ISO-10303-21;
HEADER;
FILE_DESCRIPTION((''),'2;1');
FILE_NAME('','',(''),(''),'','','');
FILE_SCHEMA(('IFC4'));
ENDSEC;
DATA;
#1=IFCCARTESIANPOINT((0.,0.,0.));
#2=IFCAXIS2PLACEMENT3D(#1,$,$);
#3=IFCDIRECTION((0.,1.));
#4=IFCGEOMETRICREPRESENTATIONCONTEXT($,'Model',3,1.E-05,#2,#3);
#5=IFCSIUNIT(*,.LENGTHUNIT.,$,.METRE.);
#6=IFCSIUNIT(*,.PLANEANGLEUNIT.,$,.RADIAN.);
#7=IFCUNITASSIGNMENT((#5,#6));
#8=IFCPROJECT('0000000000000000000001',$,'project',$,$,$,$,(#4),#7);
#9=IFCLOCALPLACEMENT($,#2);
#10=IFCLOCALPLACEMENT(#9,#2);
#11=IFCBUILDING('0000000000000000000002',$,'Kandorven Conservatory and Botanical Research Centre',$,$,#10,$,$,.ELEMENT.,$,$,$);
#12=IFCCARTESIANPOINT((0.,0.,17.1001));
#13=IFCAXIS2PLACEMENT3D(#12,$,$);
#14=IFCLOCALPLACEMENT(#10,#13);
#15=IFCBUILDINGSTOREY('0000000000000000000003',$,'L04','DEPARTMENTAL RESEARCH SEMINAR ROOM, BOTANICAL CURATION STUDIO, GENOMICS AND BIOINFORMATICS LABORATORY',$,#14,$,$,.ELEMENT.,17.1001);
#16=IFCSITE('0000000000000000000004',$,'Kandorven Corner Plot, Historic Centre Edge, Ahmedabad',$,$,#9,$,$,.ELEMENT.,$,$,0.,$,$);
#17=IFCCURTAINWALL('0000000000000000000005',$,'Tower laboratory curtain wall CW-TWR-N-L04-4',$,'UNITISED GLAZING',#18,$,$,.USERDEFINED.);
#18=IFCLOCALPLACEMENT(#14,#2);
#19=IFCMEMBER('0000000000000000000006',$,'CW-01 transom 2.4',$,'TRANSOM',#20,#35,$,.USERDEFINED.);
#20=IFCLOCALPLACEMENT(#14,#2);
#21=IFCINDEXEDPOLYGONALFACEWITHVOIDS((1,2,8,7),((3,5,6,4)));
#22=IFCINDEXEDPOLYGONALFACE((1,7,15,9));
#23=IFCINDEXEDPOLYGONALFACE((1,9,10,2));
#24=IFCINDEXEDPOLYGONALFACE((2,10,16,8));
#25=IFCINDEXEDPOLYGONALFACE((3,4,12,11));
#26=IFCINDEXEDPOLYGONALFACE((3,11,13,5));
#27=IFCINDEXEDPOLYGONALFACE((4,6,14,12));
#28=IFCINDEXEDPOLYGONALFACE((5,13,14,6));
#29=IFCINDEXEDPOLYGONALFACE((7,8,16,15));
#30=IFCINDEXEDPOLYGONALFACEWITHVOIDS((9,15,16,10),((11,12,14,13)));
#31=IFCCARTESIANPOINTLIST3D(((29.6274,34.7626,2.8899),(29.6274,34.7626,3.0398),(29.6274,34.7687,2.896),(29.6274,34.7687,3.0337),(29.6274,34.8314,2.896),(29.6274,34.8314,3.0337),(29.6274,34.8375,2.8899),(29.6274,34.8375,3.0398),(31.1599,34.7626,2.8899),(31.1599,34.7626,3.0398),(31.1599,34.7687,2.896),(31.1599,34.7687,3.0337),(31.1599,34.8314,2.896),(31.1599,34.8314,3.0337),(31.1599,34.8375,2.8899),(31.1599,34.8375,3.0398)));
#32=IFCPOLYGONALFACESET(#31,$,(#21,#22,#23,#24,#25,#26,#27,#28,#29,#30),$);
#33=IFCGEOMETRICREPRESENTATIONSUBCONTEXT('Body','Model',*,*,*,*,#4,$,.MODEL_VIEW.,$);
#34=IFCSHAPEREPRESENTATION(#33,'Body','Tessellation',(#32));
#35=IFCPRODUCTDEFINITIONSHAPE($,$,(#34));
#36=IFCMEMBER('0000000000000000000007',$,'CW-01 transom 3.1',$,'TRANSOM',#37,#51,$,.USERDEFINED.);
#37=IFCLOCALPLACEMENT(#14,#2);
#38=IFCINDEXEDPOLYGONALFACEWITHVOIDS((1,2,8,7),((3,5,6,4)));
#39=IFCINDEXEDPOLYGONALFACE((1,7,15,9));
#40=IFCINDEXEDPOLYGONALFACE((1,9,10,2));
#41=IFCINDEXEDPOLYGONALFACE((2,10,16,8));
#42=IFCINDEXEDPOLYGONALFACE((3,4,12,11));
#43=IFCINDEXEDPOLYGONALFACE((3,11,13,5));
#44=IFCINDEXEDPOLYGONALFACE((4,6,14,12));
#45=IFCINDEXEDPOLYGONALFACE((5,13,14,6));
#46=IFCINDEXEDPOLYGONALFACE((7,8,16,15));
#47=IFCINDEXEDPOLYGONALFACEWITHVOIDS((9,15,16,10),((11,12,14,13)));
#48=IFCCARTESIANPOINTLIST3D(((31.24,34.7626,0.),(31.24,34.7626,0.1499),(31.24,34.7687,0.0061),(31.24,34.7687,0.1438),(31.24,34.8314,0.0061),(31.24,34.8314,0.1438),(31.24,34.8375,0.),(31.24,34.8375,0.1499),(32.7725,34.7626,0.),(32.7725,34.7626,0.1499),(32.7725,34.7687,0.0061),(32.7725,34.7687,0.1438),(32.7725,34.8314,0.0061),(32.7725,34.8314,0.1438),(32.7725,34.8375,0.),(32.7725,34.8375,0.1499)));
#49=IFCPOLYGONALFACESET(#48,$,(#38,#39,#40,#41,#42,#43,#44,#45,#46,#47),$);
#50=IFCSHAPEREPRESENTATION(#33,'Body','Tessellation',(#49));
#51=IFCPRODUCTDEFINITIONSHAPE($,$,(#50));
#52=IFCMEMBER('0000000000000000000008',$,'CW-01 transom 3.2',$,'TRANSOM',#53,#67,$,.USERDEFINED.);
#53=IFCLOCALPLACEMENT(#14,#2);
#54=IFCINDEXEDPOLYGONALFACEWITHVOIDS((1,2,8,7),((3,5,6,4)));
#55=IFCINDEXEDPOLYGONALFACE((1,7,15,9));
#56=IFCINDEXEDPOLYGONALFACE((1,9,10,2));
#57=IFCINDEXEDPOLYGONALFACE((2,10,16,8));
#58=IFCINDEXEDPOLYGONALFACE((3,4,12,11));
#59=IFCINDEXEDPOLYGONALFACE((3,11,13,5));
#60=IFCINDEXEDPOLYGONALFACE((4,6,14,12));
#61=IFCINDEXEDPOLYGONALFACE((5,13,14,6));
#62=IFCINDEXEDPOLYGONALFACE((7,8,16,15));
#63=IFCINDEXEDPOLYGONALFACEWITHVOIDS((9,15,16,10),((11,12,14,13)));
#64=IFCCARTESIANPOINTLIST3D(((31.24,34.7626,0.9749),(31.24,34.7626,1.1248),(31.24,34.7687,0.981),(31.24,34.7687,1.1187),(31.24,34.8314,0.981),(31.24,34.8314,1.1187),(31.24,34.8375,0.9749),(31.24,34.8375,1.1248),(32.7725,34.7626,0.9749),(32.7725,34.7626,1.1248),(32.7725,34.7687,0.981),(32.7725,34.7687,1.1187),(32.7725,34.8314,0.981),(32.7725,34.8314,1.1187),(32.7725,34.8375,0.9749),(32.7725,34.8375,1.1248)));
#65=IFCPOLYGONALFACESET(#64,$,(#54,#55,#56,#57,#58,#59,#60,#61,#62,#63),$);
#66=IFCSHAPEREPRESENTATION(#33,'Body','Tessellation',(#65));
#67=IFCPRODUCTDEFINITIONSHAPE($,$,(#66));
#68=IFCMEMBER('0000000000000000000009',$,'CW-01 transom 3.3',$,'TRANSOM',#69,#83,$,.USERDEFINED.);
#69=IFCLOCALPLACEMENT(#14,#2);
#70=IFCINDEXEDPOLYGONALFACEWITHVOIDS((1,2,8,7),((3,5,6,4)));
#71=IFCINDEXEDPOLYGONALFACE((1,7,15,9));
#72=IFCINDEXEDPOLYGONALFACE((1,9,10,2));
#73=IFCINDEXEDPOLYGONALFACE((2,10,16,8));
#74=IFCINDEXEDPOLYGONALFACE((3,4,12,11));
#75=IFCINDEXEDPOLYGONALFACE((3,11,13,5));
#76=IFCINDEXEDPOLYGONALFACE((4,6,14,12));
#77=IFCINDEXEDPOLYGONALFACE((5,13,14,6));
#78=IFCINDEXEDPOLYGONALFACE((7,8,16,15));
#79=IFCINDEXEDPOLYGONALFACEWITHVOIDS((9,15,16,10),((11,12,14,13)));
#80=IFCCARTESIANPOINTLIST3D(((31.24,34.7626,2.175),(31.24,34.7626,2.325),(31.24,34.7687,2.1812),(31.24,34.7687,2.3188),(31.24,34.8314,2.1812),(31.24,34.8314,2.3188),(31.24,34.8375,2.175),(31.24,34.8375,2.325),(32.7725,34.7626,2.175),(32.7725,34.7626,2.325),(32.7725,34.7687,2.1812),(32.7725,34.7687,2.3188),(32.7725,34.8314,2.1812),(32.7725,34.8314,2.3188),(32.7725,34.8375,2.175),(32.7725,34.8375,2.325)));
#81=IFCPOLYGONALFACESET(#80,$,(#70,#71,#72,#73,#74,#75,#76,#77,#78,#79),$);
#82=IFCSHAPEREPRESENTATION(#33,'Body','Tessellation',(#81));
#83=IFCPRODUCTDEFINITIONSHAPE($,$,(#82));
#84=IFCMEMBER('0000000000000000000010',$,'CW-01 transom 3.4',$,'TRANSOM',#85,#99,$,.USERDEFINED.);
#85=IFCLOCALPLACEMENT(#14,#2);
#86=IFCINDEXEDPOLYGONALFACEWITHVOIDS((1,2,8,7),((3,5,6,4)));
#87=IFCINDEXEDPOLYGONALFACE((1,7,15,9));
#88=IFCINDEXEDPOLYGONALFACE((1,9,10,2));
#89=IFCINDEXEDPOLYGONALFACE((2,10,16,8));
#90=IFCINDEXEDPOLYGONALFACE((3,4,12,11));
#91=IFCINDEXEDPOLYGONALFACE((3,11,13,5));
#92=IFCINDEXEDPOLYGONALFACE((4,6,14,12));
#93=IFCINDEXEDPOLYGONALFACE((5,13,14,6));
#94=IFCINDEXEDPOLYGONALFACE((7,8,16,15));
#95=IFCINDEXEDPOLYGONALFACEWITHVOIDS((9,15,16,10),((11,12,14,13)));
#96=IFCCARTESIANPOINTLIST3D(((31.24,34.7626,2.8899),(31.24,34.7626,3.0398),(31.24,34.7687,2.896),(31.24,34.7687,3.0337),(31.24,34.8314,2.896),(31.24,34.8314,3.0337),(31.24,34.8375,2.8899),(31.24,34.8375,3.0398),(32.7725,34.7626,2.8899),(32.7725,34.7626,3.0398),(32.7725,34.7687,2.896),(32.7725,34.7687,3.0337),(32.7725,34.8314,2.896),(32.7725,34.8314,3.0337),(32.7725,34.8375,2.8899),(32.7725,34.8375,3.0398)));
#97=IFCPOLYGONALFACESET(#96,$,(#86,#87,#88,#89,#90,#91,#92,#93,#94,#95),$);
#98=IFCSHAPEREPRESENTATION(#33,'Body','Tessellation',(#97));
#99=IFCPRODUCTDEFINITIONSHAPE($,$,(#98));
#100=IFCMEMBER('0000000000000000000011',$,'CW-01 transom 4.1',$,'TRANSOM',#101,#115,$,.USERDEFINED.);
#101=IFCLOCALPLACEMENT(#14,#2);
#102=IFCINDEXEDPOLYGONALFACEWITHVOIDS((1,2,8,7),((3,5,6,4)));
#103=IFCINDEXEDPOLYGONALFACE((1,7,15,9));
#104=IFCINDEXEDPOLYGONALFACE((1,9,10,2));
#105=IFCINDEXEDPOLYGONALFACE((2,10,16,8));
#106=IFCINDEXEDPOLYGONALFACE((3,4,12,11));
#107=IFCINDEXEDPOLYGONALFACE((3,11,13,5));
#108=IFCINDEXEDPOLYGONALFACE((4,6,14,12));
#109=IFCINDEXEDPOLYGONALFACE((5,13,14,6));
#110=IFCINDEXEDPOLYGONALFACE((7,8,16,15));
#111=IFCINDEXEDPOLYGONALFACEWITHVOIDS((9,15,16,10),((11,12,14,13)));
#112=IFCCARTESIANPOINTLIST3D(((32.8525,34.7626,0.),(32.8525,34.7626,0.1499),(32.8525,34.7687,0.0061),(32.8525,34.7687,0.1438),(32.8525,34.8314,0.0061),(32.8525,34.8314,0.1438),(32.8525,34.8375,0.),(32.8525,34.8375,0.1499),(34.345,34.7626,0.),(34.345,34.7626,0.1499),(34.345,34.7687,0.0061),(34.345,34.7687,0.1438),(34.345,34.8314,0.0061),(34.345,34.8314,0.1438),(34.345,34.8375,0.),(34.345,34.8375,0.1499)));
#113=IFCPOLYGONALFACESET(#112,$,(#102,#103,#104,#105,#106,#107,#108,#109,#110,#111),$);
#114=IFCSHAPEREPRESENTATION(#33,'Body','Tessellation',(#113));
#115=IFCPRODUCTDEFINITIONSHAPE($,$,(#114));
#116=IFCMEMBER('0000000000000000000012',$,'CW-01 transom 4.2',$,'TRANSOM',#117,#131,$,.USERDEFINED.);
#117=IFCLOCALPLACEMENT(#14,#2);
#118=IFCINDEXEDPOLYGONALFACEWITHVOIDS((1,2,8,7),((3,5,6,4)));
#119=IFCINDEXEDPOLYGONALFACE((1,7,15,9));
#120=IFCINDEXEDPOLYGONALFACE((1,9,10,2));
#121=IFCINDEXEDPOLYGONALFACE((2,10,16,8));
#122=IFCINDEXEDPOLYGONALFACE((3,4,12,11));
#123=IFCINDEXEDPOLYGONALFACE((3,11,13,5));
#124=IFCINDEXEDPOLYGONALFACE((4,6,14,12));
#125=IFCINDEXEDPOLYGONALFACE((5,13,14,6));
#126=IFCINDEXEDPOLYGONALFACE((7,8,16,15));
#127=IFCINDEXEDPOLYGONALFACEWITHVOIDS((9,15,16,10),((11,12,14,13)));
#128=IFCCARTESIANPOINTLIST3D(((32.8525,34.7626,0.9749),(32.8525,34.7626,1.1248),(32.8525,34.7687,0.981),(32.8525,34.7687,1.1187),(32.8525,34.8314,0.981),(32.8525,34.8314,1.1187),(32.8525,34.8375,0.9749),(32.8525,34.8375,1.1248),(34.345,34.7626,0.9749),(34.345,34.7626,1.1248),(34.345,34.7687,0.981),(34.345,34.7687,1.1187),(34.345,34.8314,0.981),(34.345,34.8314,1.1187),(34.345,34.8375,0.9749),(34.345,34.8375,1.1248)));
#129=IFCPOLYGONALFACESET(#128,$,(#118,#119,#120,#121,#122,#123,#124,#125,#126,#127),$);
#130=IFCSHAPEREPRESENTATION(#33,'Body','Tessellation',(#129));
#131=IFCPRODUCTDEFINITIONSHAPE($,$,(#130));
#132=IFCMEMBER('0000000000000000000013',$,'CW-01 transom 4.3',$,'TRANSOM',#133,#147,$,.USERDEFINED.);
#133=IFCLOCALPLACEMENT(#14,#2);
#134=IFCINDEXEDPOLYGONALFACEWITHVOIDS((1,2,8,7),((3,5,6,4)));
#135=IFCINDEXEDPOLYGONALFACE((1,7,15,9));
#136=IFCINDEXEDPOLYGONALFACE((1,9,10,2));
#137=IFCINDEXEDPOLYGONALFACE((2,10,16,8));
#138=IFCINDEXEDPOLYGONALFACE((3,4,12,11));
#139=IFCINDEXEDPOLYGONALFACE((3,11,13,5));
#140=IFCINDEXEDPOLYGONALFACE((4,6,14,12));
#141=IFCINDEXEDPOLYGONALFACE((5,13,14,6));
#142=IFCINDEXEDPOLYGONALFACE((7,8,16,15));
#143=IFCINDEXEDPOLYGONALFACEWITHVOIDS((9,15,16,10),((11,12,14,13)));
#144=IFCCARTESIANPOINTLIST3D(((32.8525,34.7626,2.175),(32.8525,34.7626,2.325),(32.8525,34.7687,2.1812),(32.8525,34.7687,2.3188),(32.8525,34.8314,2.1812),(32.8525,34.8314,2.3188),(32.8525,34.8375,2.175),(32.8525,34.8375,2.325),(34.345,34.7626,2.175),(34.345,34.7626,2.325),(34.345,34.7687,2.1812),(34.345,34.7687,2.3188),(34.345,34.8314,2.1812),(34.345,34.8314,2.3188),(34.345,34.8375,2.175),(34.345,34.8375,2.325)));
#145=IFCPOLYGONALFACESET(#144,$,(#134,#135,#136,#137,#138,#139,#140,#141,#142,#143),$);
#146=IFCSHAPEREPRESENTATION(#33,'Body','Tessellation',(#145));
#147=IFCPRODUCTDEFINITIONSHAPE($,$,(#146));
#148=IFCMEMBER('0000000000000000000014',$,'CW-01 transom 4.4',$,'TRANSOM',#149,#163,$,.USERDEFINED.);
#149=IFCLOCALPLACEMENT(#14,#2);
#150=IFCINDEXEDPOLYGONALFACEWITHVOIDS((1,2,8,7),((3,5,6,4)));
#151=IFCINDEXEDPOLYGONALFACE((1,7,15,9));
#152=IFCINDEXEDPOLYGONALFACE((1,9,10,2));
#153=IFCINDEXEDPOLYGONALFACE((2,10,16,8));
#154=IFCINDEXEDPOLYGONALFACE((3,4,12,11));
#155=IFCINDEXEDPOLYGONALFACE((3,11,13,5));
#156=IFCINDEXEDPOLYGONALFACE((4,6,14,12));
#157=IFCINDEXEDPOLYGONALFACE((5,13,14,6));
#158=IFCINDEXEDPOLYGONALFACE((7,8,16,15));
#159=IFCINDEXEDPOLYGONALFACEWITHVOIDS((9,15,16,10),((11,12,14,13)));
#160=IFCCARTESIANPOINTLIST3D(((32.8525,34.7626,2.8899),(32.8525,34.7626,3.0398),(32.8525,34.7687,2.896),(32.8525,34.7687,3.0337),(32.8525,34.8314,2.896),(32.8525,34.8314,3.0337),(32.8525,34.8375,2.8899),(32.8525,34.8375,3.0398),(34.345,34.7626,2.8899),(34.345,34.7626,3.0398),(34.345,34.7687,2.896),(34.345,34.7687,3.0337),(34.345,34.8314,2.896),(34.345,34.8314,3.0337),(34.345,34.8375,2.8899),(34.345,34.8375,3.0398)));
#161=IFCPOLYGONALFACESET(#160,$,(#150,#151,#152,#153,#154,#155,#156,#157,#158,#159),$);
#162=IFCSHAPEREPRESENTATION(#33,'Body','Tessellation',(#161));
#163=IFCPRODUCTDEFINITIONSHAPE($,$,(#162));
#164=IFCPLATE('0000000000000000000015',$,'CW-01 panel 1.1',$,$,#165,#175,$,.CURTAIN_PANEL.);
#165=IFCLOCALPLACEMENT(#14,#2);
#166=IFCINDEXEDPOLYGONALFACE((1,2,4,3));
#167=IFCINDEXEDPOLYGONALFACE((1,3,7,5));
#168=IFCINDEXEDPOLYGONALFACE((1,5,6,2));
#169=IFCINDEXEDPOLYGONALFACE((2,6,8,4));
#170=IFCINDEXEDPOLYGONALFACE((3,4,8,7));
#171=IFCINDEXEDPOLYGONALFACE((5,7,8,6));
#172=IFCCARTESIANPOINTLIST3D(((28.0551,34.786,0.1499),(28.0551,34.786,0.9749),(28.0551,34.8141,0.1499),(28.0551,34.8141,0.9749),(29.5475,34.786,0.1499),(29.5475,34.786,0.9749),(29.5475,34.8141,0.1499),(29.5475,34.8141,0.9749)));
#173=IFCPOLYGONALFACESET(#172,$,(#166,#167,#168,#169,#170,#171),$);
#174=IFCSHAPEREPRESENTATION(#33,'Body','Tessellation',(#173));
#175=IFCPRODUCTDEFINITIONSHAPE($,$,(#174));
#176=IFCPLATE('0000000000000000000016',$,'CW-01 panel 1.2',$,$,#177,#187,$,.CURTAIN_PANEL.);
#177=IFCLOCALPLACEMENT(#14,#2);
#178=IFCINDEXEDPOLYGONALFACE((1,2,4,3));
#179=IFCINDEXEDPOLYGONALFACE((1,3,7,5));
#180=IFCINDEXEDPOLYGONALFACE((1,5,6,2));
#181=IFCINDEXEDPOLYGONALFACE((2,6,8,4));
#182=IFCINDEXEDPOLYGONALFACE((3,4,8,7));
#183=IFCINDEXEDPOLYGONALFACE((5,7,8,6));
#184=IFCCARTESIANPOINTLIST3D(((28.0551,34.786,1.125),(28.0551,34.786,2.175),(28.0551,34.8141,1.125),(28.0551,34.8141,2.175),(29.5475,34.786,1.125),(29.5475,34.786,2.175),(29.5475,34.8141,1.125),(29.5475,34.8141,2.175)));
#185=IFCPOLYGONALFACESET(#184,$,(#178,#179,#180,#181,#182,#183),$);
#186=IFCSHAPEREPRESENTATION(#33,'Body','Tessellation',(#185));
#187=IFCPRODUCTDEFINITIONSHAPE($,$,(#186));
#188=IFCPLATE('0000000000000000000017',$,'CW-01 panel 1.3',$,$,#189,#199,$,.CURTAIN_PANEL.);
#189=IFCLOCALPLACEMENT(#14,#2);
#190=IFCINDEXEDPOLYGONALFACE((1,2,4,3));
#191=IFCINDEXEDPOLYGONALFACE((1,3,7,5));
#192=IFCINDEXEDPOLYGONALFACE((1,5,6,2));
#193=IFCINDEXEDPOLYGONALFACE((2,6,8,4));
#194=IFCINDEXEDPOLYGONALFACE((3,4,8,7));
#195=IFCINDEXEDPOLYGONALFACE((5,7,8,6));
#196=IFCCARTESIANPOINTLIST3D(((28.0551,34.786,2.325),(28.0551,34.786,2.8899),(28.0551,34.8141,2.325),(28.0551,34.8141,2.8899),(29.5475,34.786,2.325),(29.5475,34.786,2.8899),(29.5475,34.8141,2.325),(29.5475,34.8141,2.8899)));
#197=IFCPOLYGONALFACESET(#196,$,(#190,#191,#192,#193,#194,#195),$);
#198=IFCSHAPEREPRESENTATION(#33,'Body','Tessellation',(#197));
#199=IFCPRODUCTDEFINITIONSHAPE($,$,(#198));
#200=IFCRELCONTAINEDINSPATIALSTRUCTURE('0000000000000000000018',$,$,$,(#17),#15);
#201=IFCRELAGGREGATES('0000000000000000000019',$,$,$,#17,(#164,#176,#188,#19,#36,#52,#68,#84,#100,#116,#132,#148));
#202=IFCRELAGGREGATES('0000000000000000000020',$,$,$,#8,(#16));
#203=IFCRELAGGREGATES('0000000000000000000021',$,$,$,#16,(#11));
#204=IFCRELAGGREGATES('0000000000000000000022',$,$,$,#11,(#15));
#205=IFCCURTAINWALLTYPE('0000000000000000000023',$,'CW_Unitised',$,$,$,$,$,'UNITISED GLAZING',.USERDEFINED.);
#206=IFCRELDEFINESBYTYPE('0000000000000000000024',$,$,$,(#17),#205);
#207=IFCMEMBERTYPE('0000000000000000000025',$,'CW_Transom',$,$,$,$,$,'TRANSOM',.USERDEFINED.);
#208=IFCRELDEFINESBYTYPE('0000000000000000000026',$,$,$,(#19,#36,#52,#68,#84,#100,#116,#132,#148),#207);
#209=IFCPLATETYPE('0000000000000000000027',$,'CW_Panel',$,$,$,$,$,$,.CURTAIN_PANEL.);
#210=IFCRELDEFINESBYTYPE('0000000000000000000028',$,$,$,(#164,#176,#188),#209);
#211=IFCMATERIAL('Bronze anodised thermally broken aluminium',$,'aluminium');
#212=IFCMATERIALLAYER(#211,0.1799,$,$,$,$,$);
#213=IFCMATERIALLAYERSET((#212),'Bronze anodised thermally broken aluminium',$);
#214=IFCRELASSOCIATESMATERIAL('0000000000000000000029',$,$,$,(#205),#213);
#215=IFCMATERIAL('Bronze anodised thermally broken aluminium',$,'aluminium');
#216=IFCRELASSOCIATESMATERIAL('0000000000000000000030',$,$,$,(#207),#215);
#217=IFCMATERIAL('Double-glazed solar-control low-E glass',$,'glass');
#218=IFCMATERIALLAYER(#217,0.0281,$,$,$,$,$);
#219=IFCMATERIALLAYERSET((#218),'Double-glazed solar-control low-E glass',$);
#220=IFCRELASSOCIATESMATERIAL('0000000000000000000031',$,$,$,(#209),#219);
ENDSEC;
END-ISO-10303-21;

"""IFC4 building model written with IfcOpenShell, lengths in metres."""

from ifc_helpers import new_model, si_unit, direction, frame, origin, origin_2d, place, context, subcontext, project, spatial, rectangle, hollow_rectangle, extrude, material, layer, layer_set, material_profile, profile_set, type_object, element, aggregate, save


model = new_model("IFC4")

# Units and contexts
model_context = context("Model", 3, precision=1e-05, world=origin(), true_north=direction((0.0, 1.0)))
body_context = subcontext(model_context, "Body", "Model", "MODEL_VIEW")
ifc_project = project(units=[si_unit("LENGTHUNIT", "METRE"), si_unit("PLANEANGLEUNIT", "RADIAN")], contexts=[model_context])

# Site, building, storey
site_placement = place(None, origin())
site = spatial("IfcSite", under=ifc_project, at=site_placement, Name="Kandorven Corner Plot, Historic Centre Edge, Ahmedabad", CompositionType="ELEMENT", RefElevation=0.0)
building_placement = place(site_placement, origin())
building = spatial("IfcBuilding", under=site, at=building_placement, Name="Kandorven Conservatory and Botanical Research Centre", CompositionType="ELEMENT")
storey_placement = place(building_placement, frame((0.0, 0.0, 17.1001)))
storey = spatial("IfcBuildingStorey", under=building, at=storey_placement, Name="L04", Description="DEPARTMENTAL RESEARCH SEMINAR ROOM, BOTANICAL CURATION STUDIO, GENOMICS AND BIOINFORMATICS LABORATORY", CompositionType="ELEMENT", Elevation=17.1001)

# Curtain wall, members, plates
ifc_material_1 = material(Name="Bronze anodised thermally broken aluminium", Category="aluminium")
ifc_layer_1 = layer(ifc_material_1, 0.1799)
ifc_layer_set_1 = layer_set([ifc_layer_1], Name="Bronze anodised thermally broken aluminium")
curtain_wall_type = type_object("IfcCurtainWallType", Name="CW_Unitised", ElementType="UNITISED GLAZING", PredefinedType="USERDEFINED", material=ifc_layer_set_1)
curtain_wall_placement = place(storey_placement, origin())
curtain_wall = element("IfcCurtainWall", 1, at=curtain_wall_placement, inside=storey, type_object=curtain_wall_type, Name="Tower laboratory curtain wall CW-TWR-N-L04-4", ObjectType="UNITISED GLAZING", PredefinedType="USERDEFINED")
ifc_material_2 = material(Name="Bronze anodised thermally broken aluminium", Category="aluminium")
ifc_material_profile_1 = material_profile(ifc_material_2, hollow_rectangle(XDim=0.075, YDim=0.1499, WallThickness=0.0061, at=origin_2d()))
ifc_profile_set_1 = profile_set([ifc_material_profile_1], Name="Bronze anodised thermally broken aluminium")
member_type_1 = type_object("IfcMemberType", Name="CW_Transom", ElementType="TRANSOM", PredefinedType="USERDEFINED", material=ifc_profile_set_1)
member_1_placement = place(storey_placement, frame((29.6274, 34.8, 2.9648), z_axis=(1.0, 0.0, 0.0), x_axis=(0.0, 1.0, 0.0)))
member_1 = element("IfcMember", 2, at=member_1_placement, type_object=member_type_1, Name="CW-01 transom 2.4", ObjectType="TRANSOM", PredefinedType="USERDEFINED", context=body_context, shape_type="SweptSolid", body=[
    extrude(hollow_rectangle(XDim=0.075, YDim=0.1499, WallThickness=0.0061, at=origin_2d()), origin(), (0.0, 0.0, 1.0), 1.5325),
])
member_2_placement = place(storey_placement, frame((31.24, 34.8, 0.075), z_axis=(1.0, 0.0, 0.0), x_axis=(0.0, 1.0, 0.0)))
member_2 = element("IfcMember", 3, at=member_2_placement, type_object=member_type_1, Name="CW-01 transom 3.1", ObjectType="TRANSOM", PredefinedType="USERDEFINED", context=body_context, shape_type="SweptSolid", body=[
    extrude(hollow_rectangle(XDim=0.075, YDim=0.1499, WallThickness=0.0061, at=origin_2d()), origin(), (0.0, 0.0, 1.0), 1.5325),
])
member_3_placement = place(storey_placement, frame((31.24, 34.8, 1.0498), z_axis=(1.0, 0.0, 0.0), x_axis=(0.0, 1.0, 0.0)))
member_3 = element("IfcMember", 4, at=member_3_placement, type_object=member_type_1, Name="CW-01 transom 3.2", ObjectType="TRANSOM", PredefinedType="USERDEFINED", context=body_context, shape_type="SweptSolid", body=[
    extrude(hollow_rectangle(XDim=0.075, YDim=0.1499, WallThickness=0.0061, at=origin_2d()), origin(), (0.0, 0.0, 1.0), 1.5325),
])
member_4_placement = place(storey_placement, frame((31.24, 34.8, 2.25), z_axis=(1.0, 0.0, 0.0), x_axis=(0.0, 1.0, 0.0)))
member_4 = element("IfcMember", 5, at=member_4_placement, type_object=member_type_1, Name="CW-01 transom 3.3", ObjectType="TRANSOM", PredefinedType="USERDEFINED", context=body_context, shape_type="SweptSolid", body=[
    extrude(hollow_rectangle(XDim=0.075, YDim=0.1499, WallThickness=0.0061, at=origin_2d()), origin(), (0.0, 0.0, 1.0), 1.5325),
])
member_5_placement = place(storey_placement, frame((31.24, 34.8, 2.9648), z_axis=(1.0, 0.0, 0.0), x_axis=(0.0, 1.0, 0.0)))
member_5 = element("IfcMember", 6, at=member_5_placement, type_object=member_type_1, Name="CW-01 transom 3.4", ObjectType="TRANSOM", PredefinedType="USERDEFINED", context=body_context, shape_type="SweptSolid", body=[
    extrude(hollow_rectangle(XDim=0.075, YDim=0.1499, WallThickness=0.0061, at=origin_2d()), origin(), (0.0, 0.0, 1.0), 1.5325),
])
member_6_placement = place(storey_placement, frame((32.8525, 34.8, 0.075), z_axis=(1.0, 0.0, 0.0), x_axis=(0.0, 1.0, 0.0)))
member_6 = element("IfcMember", 7, at=member_6_placement, type_object=member_type_1, Name="CW-01 transom 4.1", ObjectType="TRANSOM", PredefinedType="USERDEFINED", context=body_context, shape_type="SweptSolid", body=[
    extrude(hollow_rectangle(XDim=0.075, YDim=0.1499, WallThickness=0.0061, at=origin_2d()), origin(), (0.0, 0.0, 1.0), 1.4924),
])
member_7_placement = place(storey_placement, frame((32.8525, 34.8, 1.0498), z_axis=(1.0, 0.0, 0.0), x_axis=(0.0, 1.0, 0.0)))
member_7 = element("IfcMember", 8, at=member_7_placement, type_object=member_type_1, Name="CW-01 transom 4.2", ObjectType="TRANSOM", PredefinedType="USERDEFINED", context=body_context, shape_type="SweptSolid", body=[
    extrude(hollow_rectangle(XDim=0.075, YDim=0.1499, WallThickness=0.0061, at=origin_2d()), origin(), (0.0, 0.0, 1.0), 1.4924),
])
member_8_placement = place(storey_placement, frame((32.8525, 34.8, 2.25), z_axis=(1.0, 0.0, 0.0), x_axis=(0.0, 1.0, 0.0)))
member_8 = element("IfcMember", 9, at=member_8_placement, type_object=member_type_1, Name="CW-01 transom 4.3", ObjectType="TRANSOM", PredefinedType="USERDEFINED", context=body_context, shape_type="SweptSolid", body=[
    extrude(hollow_rectangle(XDim=0.075, YDim=0.1499, WallThickness=0.0061, at=origin_2d()), origin(), (0.0, 0.0, 1.0), 1.4924),
])
member_9_placement = place(storey_placement, frame((32.8525, 34.8, 2.9648), z_axis=(1.0, 0.0, 0.0), x_axis=(0.0, 1.0, 0.0)))
member_9 = element("IfcMember", 10, at=member_9_placement, type_object=member_type_1, Name="CW-01 transom 4.4", ObjectType="TRANSOM", PredefinedType="USERDEFINED", context=body_context, shape_type="SweptSolid", body=[
    extrude(hollow_rectangle(XDim=0.075, YDim=0.1499, WallThickness=0.0061, at=origin_2d()), origin(), (0.0, 0.0, 1.0), 1.4924),
])
ifc_material_3 = material(Name="Double-glazed solar-control low-E glass", Category="glass")
ifc_layer_2 = layer(ifc_material_3, 0.0281)
ifc_layer_set_2 = layer_set([ifc_layer_2], Name="Double-glazed solar-control low-E glass")
plate_type = type_object("IfcPlateType", Name="CW_Panel", PredefinedType="CURTAIN_PANEL", material=ifc_layer_set_2)
plate_1_placement = place(storey_placement, frame((28.8013, 34.8, 0.1499), z_axis=(0.0, 0.0, 1.0), x_axis=(1.0, 0.0, 0.0)))
plate_1 = element("IfcPlate", 11, at=plate_1_placement, type_object=plate_type, Name="CW-01 panel 1.1", PredefinedType="CURTAIN_PANEL", context=body_context, shape_type="SweptSolid", body=[
    extrude(rectangle(XDim=1.4924, YDim=0.0281, at=origin_2d()), origin(), (0.0, 0.0, 1.0), 0.825),
])
plate_2_placement = place(storey_placement, frame((28.8013, 34.8, 1.125), z_axis=(0.0, 0.0, 1.0), x_axis=(1.0, 0.0, 0.0)))
plate_2 = element("IfcPlate", 12, at=plate_2_placement, type_object=plate_type, Name="CW-01 panel 1.2", PredefinedType="CURTAIN_PANEL", context=body_context, shape_type="SweptSolid", body=[
    extrude(rectangle(XDim=1.4924, YDim=0.0281, at=origin_2d()), origin(), (0.0, 0.0, 1.0), 1.05),
])
plate_3_placement = place(storey_placement, frame((28.8013, 34.8, 2.325), z_axis=(0.0, 0.0, 1.0), x_axis=(1.0, 0.0, 0.0)))
plate_3 = element("IfcPlate", 13, at=plate_3_placement, type_object=plate_type, Name="CW-01 panel 1.3", PredefinedType="CURTAIN_PANEL", context=body_context, shape_type="SweptSolid", body=[
    extrude(rectangle(XDim=1.4924, YDim=0.0281, at=origin_2d()), origin(), (0.0, 0.0, 1.0), 0.5649),
])
aggregate(curtain_wall, [plate_1, plate_2, plate_3, member_1, member_2, member_3, member_4, member_5, member_6, member_7, member_8, member_9])

save(model, "model.ifc")
